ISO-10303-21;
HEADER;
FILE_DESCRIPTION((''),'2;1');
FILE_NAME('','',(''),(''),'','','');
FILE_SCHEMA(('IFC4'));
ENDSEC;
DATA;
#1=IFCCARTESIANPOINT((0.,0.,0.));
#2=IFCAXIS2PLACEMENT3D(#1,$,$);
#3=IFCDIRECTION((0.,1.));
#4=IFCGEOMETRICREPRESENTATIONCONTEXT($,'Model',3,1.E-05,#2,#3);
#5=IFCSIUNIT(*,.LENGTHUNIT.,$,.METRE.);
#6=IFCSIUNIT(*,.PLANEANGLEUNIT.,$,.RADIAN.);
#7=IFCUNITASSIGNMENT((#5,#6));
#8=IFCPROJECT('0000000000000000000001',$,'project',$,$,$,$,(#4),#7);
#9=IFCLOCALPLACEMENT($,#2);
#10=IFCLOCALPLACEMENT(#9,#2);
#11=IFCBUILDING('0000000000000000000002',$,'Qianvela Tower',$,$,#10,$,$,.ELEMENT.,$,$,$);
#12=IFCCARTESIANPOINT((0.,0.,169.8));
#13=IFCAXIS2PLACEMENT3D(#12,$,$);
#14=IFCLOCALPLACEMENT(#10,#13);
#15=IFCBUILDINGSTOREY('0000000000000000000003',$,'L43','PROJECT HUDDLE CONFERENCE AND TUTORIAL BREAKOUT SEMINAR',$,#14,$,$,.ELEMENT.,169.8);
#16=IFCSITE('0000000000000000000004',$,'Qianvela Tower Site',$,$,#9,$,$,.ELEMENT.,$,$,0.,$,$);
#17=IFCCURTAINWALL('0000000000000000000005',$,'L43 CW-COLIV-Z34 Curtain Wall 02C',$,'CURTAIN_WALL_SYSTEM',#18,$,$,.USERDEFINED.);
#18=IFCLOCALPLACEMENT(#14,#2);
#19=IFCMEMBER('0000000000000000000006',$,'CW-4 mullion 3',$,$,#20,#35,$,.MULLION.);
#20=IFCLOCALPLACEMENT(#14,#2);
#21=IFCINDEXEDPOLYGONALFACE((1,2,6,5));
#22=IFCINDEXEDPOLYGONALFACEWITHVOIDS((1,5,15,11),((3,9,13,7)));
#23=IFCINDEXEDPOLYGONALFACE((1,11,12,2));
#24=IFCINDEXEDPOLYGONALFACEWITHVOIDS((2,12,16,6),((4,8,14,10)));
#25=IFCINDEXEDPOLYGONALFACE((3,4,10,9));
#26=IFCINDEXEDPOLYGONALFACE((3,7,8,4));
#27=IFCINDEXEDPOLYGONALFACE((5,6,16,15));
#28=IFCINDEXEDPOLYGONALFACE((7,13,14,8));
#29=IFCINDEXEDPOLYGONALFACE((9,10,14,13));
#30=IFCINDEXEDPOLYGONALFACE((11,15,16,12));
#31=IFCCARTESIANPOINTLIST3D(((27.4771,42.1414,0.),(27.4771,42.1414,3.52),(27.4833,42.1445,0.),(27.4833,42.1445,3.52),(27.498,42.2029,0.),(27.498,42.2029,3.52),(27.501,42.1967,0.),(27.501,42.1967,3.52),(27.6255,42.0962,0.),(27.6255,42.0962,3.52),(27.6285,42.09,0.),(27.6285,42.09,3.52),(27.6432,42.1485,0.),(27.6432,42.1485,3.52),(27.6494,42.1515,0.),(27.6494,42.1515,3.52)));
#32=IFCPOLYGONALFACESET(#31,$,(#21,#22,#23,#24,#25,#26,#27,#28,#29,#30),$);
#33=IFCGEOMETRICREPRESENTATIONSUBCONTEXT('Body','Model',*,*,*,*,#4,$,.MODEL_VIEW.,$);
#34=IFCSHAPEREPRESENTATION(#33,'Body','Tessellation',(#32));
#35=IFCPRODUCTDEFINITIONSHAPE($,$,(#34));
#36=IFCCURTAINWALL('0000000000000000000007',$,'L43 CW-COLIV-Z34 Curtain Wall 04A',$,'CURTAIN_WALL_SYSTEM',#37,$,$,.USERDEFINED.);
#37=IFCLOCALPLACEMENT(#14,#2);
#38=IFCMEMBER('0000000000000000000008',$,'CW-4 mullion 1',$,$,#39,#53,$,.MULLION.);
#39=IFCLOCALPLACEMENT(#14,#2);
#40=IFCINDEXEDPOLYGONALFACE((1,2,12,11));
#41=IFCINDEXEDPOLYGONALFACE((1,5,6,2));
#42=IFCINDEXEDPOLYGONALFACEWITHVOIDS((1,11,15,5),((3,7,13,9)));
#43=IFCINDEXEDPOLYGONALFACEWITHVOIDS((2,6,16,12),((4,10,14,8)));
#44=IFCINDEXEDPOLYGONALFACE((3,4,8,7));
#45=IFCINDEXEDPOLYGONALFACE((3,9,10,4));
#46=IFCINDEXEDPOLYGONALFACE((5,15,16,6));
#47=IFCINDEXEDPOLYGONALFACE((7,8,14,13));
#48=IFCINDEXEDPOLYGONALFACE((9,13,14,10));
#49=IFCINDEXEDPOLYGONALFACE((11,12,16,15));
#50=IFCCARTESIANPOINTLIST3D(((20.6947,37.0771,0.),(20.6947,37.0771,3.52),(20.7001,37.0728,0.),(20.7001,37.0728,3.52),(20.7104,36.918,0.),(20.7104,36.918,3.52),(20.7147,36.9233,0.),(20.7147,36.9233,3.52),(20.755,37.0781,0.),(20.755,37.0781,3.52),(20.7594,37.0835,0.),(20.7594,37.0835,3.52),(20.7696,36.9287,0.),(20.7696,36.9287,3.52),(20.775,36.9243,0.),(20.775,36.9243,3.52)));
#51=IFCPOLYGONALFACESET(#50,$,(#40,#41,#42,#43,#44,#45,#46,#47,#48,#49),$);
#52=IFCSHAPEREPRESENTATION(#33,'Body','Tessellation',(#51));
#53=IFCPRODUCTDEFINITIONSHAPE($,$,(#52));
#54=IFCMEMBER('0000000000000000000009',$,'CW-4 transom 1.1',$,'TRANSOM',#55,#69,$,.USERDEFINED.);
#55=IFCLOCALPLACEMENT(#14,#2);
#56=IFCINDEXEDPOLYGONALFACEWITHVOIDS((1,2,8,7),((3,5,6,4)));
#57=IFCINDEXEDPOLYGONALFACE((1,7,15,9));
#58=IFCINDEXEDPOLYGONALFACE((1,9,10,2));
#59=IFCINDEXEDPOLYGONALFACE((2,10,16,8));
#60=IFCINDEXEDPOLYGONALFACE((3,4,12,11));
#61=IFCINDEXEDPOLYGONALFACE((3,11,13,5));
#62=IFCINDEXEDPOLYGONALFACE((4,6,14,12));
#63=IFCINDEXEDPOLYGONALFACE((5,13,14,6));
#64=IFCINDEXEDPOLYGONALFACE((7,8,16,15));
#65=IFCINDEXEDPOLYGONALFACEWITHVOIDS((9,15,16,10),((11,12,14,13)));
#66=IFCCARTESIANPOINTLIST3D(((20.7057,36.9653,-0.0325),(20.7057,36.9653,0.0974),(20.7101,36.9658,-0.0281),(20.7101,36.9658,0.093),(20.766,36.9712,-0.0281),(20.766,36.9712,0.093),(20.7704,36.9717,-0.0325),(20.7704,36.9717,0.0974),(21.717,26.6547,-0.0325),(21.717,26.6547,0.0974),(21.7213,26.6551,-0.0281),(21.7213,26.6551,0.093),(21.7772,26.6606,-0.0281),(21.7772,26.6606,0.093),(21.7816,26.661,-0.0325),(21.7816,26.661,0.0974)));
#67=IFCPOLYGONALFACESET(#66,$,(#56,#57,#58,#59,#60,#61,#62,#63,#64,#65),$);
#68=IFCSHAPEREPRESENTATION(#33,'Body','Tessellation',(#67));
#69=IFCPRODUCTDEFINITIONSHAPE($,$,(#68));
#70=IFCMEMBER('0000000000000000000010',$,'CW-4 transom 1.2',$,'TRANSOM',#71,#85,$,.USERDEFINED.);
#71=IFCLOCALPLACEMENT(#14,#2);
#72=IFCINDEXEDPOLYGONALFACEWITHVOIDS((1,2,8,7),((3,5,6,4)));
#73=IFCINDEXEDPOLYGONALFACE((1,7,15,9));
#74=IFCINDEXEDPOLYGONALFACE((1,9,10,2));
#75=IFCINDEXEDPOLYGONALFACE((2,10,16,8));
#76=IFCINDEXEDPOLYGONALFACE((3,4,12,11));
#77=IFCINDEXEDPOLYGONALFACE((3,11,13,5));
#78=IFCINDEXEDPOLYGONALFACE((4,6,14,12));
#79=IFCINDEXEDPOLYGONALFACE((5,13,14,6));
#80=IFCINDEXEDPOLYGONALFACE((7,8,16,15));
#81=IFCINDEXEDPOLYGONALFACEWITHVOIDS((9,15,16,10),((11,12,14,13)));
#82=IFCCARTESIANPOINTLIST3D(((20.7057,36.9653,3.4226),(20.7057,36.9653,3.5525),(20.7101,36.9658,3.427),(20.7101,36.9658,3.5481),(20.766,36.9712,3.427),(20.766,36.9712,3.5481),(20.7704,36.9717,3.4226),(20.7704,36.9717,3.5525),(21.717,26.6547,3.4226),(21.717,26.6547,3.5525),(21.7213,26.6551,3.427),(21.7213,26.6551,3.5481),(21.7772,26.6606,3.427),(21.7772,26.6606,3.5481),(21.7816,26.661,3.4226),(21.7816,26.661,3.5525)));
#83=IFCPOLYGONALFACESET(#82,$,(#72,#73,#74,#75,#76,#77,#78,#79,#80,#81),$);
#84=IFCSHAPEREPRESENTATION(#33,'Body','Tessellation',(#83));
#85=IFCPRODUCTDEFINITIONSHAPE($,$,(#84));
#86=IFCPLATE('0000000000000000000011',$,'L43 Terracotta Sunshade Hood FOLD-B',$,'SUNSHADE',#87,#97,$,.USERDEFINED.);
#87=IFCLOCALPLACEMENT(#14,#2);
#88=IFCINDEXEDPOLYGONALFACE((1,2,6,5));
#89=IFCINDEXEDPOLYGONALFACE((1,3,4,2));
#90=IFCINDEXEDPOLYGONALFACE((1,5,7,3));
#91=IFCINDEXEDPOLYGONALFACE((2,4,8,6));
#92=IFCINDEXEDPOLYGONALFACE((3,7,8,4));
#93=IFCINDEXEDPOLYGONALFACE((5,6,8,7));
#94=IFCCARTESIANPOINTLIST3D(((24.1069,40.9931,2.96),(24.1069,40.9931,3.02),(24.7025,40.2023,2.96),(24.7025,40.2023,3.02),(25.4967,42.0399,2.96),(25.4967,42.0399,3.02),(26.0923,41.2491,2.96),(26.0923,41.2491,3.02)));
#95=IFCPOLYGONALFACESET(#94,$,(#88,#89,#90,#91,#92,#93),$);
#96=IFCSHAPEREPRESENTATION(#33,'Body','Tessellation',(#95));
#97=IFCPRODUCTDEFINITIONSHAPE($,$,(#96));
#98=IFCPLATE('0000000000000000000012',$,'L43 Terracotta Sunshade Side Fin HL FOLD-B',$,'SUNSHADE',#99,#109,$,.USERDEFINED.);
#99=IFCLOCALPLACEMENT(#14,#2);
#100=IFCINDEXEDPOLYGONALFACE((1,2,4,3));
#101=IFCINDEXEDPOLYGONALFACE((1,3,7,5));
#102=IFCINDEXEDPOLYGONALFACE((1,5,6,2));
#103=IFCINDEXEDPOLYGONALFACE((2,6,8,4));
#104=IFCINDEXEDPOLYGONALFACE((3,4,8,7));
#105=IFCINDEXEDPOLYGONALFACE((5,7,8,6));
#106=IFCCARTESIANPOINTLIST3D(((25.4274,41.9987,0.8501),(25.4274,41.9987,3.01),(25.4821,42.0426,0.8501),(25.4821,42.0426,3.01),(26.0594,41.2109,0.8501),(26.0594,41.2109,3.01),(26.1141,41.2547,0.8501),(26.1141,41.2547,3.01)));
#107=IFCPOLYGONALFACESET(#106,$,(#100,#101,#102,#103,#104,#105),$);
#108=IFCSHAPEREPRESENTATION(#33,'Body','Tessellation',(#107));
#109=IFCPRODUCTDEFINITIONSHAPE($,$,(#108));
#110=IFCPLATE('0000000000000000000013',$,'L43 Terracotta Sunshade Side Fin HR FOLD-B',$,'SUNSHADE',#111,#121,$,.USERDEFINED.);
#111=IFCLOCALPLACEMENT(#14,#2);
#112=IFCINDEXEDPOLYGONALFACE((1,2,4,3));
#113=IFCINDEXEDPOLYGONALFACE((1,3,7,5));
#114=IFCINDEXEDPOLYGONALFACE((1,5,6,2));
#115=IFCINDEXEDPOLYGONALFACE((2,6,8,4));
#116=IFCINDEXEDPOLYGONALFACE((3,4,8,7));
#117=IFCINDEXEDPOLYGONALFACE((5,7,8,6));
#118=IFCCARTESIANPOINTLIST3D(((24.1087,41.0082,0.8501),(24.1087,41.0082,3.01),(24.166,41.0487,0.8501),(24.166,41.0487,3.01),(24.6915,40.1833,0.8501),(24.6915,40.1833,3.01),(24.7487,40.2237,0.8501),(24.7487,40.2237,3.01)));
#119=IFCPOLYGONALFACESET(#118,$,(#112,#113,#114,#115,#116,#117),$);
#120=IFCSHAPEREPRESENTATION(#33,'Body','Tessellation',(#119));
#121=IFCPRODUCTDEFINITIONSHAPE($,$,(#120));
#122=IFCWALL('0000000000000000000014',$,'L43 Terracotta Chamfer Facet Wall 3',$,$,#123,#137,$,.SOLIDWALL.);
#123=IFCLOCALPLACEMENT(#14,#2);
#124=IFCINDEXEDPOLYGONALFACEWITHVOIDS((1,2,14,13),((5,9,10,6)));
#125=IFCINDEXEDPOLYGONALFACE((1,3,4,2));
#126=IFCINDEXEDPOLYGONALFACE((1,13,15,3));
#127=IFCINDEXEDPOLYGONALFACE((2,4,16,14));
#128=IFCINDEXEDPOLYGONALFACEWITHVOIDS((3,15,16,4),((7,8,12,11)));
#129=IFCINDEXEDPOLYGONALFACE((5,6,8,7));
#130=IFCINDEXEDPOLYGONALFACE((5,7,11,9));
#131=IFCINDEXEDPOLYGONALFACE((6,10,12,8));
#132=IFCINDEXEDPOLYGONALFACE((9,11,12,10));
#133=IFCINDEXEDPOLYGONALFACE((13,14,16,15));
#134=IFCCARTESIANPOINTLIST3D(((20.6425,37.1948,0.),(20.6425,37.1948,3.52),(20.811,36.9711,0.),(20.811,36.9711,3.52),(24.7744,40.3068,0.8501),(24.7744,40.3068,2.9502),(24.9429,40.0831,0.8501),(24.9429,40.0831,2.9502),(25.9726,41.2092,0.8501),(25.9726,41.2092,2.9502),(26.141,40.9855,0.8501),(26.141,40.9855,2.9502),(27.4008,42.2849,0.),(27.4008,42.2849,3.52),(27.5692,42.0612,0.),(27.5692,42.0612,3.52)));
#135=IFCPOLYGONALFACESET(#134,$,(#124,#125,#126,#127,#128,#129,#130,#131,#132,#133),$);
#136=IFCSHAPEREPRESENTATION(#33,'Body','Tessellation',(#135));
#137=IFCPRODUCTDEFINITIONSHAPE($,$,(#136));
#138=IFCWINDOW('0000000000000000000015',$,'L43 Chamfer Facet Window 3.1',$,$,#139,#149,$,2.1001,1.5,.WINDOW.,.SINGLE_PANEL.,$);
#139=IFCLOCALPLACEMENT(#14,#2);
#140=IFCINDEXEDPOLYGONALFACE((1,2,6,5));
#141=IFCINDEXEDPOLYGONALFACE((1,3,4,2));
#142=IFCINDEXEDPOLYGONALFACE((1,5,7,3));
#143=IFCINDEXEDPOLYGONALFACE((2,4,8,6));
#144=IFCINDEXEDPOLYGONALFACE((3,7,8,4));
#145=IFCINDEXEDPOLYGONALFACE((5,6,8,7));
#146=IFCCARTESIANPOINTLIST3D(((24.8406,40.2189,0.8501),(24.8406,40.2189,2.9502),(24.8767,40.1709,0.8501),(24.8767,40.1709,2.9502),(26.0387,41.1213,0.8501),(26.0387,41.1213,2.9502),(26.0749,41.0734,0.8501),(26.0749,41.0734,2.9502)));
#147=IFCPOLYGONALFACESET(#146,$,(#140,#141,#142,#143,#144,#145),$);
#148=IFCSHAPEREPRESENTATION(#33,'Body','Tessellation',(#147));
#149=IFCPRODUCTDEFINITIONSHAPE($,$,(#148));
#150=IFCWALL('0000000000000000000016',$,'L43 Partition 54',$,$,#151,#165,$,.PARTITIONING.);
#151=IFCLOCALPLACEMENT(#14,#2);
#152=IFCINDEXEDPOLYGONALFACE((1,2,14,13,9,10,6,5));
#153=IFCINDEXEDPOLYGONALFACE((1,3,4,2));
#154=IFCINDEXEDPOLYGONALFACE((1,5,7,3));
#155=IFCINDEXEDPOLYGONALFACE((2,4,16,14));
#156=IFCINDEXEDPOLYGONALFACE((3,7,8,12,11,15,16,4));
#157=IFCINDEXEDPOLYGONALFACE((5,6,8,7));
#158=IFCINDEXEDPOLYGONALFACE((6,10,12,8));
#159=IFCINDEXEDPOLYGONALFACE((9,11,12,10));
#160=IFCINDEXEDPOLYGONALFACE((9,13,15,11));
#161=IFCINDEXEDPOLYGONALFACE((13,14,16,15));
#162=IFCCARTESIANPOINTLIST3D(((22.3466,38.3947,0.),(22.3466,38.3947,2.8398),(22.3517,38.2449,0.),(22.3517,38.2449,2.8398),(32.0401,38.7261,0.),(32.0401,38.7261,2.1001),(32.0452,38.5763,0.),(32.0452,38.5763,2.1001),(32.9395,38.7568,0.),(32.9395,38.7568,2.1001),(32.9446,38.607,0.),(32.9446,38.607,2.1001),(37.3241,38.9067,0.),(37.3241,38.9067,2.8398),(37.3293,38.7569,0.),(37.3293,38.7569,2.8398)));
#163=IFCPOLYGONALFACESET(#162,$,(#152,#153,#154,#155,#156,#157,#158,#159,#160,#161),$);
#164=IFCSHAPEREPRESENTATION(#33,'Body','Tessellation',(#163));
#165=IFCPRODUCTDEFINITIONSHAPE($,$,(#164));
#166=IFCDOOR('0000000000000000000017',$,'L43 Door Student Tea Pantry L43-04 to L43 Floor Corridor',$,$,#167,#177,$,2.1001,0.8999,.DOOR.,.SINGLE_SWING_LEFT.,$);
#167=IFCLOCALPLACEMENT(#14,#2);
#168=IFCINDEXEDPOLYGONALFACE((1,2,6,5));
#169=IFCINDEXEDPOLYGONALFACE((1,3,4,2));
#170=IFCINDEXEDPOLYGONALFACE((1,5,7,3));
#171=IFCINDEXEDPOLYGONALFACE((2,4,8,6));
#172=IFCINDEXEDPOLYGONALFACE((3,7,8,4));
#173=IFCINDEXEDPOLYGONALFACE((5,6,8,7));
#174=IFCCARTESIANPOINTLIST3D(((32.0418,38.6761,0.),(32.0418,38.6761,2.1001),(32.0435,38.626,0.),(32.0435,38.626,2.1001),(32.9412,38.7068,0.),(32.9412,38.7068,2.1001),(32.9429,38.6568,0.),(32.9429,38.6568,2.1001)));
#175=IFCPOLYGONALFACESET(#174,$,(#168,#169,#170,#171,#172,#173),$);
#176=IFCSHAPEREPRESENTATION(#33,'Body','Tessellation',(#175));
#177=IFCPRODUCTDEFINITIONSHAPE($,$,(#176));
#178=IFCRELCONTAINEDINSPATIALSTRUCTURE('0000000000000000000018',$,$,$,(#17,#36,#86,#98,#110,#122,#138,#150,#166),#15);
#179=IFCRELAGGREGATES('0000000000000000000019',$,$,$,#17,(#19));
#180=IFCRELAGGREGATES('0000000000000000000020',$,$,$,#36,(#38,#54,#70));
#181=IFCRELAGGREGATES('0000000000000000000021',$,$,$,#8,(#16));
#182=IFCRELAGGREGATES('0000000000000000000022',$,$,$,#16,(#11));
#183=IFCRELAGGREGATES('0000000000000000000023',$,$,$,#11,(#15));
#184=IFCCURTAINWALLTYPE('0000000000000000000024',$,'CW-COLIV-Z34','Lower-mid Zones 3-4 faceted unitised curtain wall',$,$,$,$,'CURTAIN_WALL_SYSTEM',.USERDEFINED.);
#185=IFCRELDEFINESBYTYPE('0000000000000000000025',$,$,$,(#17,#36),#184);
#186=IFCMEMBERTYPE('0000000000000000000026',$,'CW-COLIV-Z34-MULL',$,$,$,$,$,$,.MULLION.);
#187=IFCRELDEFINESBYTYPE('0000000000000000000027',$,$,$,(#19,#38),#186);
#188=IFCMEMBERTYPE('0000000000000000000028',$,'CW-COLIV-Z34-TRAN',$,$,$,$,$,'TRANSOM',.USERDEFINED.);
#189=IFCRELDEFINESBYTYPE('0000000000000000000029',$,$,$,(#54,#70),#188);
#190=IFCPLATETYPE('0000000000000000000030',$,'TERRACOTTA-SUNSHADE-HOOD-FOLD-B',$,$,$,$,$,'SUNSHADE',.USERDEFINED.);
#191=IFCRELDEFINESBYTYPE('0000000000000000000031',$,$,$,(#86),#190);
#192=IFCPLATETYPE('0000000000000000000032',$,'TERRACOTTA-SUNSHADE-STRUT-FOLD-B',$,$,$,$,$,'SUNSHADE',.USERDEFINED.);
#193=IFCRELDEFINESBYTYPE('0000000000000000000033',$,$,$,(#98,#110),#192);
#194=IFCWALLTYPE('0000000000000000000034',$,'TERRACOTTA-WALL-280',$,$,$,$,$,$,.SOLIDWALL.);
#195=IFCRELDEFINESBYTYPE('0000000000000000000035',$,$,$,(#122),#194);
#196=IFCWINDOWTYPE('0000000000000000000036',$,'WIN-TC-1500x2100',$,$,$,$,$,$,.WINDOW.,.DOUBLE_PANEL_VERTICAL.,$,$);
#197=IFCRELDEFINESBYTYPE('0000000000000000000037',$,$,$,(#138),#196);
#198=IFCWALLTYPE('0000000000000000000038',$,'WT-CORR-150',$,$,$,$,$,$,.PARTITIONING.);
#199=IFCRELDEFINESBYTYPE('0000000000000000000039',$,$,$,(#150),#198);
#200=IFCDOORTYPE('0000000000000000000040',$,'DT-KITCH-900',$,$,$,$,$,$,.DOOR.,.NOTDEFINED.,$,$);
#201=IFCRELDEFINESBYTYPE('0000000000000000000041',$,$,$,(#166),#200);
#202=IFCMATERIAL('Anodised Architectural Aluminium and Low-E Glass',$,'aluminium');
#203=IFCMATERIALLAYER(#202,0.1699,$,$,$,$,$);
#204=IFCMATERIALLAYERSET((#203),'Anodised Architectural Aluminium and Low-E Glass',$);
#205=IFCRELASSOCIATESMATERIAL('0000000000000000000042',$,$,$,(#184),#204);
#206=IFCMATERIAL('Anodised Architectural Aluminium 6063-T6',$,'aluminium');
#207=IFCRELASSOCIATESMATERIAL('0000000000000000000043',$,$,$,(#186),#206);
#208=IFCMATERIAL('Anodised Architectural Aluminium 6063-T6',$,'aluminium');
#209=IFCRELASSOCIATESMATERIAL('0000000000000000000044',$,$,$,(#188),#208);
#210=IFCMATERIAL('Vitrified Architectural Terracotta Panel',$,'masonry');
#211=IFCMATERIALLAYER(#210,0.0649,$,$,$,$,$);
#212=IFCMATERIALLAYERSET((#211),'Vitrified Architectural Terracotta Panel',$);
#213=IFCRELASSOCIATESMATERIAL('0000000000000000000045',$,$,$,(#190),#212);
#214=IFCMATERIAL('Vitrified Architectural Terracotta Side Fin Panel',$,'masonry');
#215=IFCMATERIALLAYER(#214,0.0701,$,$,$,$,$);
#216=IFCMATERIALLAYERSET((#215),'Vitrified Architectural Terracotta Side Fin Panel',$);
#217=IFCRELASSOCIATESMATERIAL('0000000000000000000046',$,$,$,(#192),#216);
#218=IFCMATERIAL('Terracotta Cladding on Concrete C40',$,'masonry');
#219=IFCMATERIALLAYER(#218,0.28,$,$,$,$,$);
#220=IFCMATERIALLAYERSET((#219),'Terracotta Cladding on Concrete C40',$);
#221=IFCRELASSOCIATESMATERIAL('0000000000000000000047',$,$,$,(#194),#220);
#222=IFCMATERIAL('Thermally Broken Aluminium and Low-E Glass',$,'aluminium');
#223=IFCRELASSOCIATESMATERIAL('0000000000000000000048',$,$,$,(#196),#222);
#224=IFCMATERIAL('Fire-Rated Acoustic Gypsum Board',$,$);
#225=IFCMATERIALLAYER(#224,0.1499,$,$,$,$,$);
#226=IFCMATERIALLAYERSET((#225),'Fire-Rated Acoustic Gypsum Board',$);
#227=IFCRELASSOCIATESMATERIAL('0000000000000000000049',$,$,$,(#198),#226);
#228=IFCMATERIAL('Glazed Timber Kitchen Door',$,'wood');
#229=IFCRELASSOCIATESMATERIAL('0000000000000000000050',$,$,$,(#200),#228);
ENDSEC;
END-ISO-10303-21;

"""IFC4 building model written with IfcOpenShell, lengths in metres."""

from ifc_helpers import new_model, si_unit, direction, frame, frame_2d, origin, origin_2d, place, context, subcontext, project, spatial, rectangle, hollow_rectangle, extrude, material, layer, layer_set, material_profile, profile_set, type_object, element, fill, aggregate, save


model = new_model("IFC4")

# Units and contexts
model_context = context("Model", 3, precision=1e-05, world=origin(), true_north=direction((0.0, 1.0)))
body_context = subcontext(model_context, "Body", "Model", "MODEL_VIEW")
ifc_project = project(units=[si_unit("LENGTHUNIT", "METRE"), si_unit("PLANEANGLEUNIT", "RADIAN")], contexts=[model_context])

# Site, building, storey
site_placement = place(None, origin())
site = spatial("IfcSite", under=ifc_project, at=site_placement, Name="Qianvela Tower Site", CompositionType="ELEMENT", RefElevation=0.0)
building_placement = place(site_placement, origin())
building = spatial("IfcBuilding", under=site, at=building_placement, Name="Qianvela Tower", CompositionType="ELEMENT")
storey_placement = place(building_placement, frame((0.0, 0.0, 169.8)))
storey = spatial("IfcBuildingStorey", under=building, at=storey_placement, Name="L43", Description="PROJECT HUDDLE CONFERENCE AND TUTORIAL BREAKOUT SEMINAR", CompositionType="ELEMENT", Elevation=169.8)

# Curtain wall, member
ifc_material_1 = material(Name="Anodised Architectural Aluminium and Low-E Glass", Category="aluminium")
ifc_layer_1 = layer(ifc_material_1, 0.1699)
ifc_layer_set_1 = layer_set([ifc_layer_1], Name="Anodised Architectural Aluminium and Low-E Glass")
curtain_wall_type = type_object("IfcCurtainWallType", Name="CW-COLIV-Z34", Description="Lower-mid Zones 3-4 faceted unitised curtain wall", ElementType="CURTAIN_WALL_SYSTEM", PredefinedType="USERDEFINED", material=ifc_layer_set_1)
curtain_wall_1_placement = place(storey_placement, origin())
curtain_wall_1 = element("IfcCurtainWall", 1, at=curtain_wall_1_placement, inside=storey, type_object=curtain_wall_type, Name="L43 CW-COLIV-Z34 Curtain Wall 02C", ObjectType="CURTAIN_WALL_SYSTEM", PredefinedType="USERDEFINED")
ifc_material_2 = material(Name="Anodised Architectural Aluminium 6063-T6", Category="aluminium")
ifc_material_profile_1 = material_profile(ifc_material_2, hollow_rectangle(XDim=0.0649, YDim=0.1599, WallThickness=0.0049, at=origin_2d()), Name="ALU-MULL-65x160")
ifc_profile_set_1 = profile_set([ifc_material_profile_1], Name="Anodised Architectural Aluminium 6063-T6")
member_type_1 = type_object("IfcMemberType", Name="CW-COLIV-Z34-MULL", PredefinedType="MULLION", material=ifc_profile_set_1)
member_1_placement = place(storey_placement, frame((27.5632, 42.1465, 0.0), z_axis=(0.0, 0.0, 1.0), x_axis=(-0.321484, -0.946915, 0.0)))
member_1 = element("IfcMember", 2, at=member_1_placement, type_object=member_type_1, Name="CW-4 mullion 3", PredefinedType="MULLION", context=body_context, shape_type="SweptSolid", body=[
    extrude(hollow_rectangle(XDim=0.0649, YDim=0.1599, WallThickness=0.0049, at=origin_2d()), origin(), (0.0, 0.0, 1.0), 3.52),
])
aggregate(curtain_wall_1, [member_1])

# Curtain wall, members
curtain_wall_2_placement = place(storey_placement, origin())
curtain_wall_2 = element("IfcCurtainWall", 3, at=curtain_wall_2_placement, inside=storey, type_object=curtain_wall_type, Name="L43 CW-COLIV-Z34 Curtain Wall 04A", ObjectType="CURTAIN_WALL_SYSTEM", PredefinedType="USERDEFINED")
member_2_placement = place(storey_placement, frame((20.7349, 37.0007, 0.0), z_axis=(0.0, 0.0, 1.0), x_axis=(0.995227, 0.097588, 0.0)))
member_2 = element("IfcMember", 4, at=member_2_placement, type_object=member_type_1, Name="CW-4 mullion 1", PredefinedType="MULLION", context=body_context, shape_type="SweptSolid", body=[
    extrude(hollow_rectangle(XDim=0.0649, YDim=0.1599, WallThickness=0.0049, at=origin_2d()), origin(), (0.0, 0.0, 1.0), 3.52),
])
ifc_material_3 = material(Name="Anodised Architectural Aluminium 6063-T6", Category="aluminium")
ifc_material_profile_2 = material_profile(ifc_material_3, hollow_rectangle(XDim=0.0649, YDim=0.1299, WallThickness=0.0044, at=origin_2d()), Name="ALU-TRAN-65x130")
ifc_profile_set_2 = profile_set([ifc_material_profile_2], Name="Anodised Architectural Aluminium 6063-T6")
member_type_2 = type_object("IfcMemberType", Name="CW-COLIV-Z34-TRAN", ElementType="TRANSOM", PredefinedType="USERDEFINED", material=ifc_profile_set_2)
member_3_placement = place(storey_placement, frame((20.738, 36.9685, 0.0325), z_axis=(0.097609, -0.995225, 0.0), x_axis=(0.995225, 0.097609, 0.0)))
member_3 = element("IfcMember", 5, at=member_3_placement, type_object=member_type_2, Name="CW-4 transom 1.1", ObjectType="TRANSOM", PredefinedType="USERDEFINED", context=body_context, shape_type="SweptSolid", body=[
    extrude(hollow_rectangle(XDim=0.0649, YDim=0.1299, WallThickness=0.0044, at=origin_2d()), origin(), (0.0, 0.0, 1.0), 10.3601),
])
member_4_placement = place(storey_placement, frame((20.738, 36.9685, 3.4875), z_axis=(0.097609, -0.995225, 0.0), x_axis=(0.995225, 0.097609, 0.0)))
member_4 = element("IfcMember", 6, at=member_4_placement, type_object=member_type_2, Name="CW-4 transom 1.2", ObjectType="TRANSOM", PredefinedType="USERDEFINED", context=body_context, shape_type="SweptSolid", body=[
    extrude(hollow_rectangle(XDim=0.0649, YDim=0.1299, WallThickness=0.0044, at=origin_2d()), origin(), (0.0, 0.0, 1.0), 10.3601),
])
aggregate(curtain_wall_2, [member_2, member_3, member_4])

# Plates
ifc_material_4 = material(Name="Vitrified Architectural Terracotta Panel", Category="masonry")
ifc_layer_2 = layer(ifc_material_4, 0.0649)
ifc_layer_set_2 = layer_set([ifc_layer_2], Name="Vitrified Architectural Terracotta Panel")
plate_type_1 = type_object("IfcPlateType", Name="TERRACOTTA-SUNSHADE-HOOD-FOLD-B", ElementType="SUNSHADE", PredefinedType="USERDEFINED", material=ifc_layer_set_2)
plate_placement = place(storey_placement, frame((25.0996, 41.1211, 2.96), z_axis=(0.0, 0.0, 1.0), x_axis=(-0.798781, -0.601621, 0.0)))
element("IfcPlate", 7, at=plate_placement, inside=storey, type_object=plate_type_1, Name="L43 Terracotta Sunshade Hood FOLD-B", ObjectType="SUNSHADE", PredefinedType="USERDEFINED", context=body_context, shape_type="SweptSolid", body=[
    extrude(rectangle(XDim=1.74, YDim=0.99, at=origin_2d()), origin(), (0.0, 0.0, 1.0), 0.0601),
])
ifc_material_5 = material(Name="Vitrified Architectural Terracotta Side Fin Panel", Category="masonry")
ifc_layer_3 = layer(ifc_material_5, 0.0701)
ifc_layer_set_3 = layer_set([ifc_layer_3], Name="Vitrified Architectural Terracotta Side Fin Panel")
plate_type_2 = type_object("IfcPlateType", Name="TERRACOTTA-SUNSHADE-STRUT-FOLD-B", ElementType="SUNSHADE", PredefinedType="USERDEFINED", material=ifc_layer_set_3)
for number, where, z_axis, x_axis, name in (
    (8, (25.7708, 41.6267, 0.8501), (0.0, 0.0, 1.0), (-0.780036, -0.625734, 0.0), "L43 Terracotta Sunshade Side Fin HL FOLD-B"),
    (9, (24.4287, 40.616, 0.8501), (0.0, 0.0, 1.0), (-0.816782, -0.576947, 0.0), "L43 Terracotta Sunshade Side Fin HR FOLD-B"),
):
    element("IfcPlate", number, at=place(storey_placement, frame(where, z_axis=z_axis, x_axis=x_axis)), inside=storey, type_object=plate_type_2, Name=name, ObjectType="SUNSHADE", PredefinedType="USERDEFINED", context=body_context, shape_type="SweptSolid", body=[
        extrude(rectangle(XDim=0.0701, YDim=1.01, at=origin_2d()), origin(), (0.0, 0.0, 1.0), 2.1599),
    ])

# Wall, opening, window
ifc_material_6 = material(Name="Terracotta Cladding on Concrete C40", Category="masonry")
ifc_layer_4 = layer(ifc_material_6, 0.28)
ifc_layer_set_4 = layer_set([ifc_layer_4], Name="Terracotta Cladding on Concrete C40")
wall_type_1 = type_object("IfcWallType", Name="TERRACOTTA-WALL-280", PredefinedType="SOLIDWALL", material=ifc_layer_set_4)
wall_1_placement = place(storey_placement, frame((27.4851, 42.1731, 0.0), z_axis=(0.0, 0.0, 1.0), x_axis=(-0.798786, -0.601615, 0.0)))
wall_1 = element("IfcWall", 10, at=wall_1_placement, inside=storey, type_object=wall_type_1, Name="L43 Terracotta Chamfer Facet Wall 3", PredefinedType="SOLIDWALL", context=body_context, shape_type="SweptSolid", body=[
    extrude(rectangle(XDim=8.4607, YDim=0.28, at=frame_2d((4.2305, 0.0))), origin(), (0.0, 0.0, 1.0), 3.52),
])
opening_1_placement = place(wall_1_placement, frame((1.7881, 0.0, 0.8501)))
opening_1 = element("IfcOpeningElement", 11, at=opening_1_placement, cuts=wall_1, PredefinedType="OPENING", context=body_context, shape_type="SweptSolid", body=[
    extrude(rectangle(XDim=1.5, YDim=2.1001, at=frame_2d((0.75, 1.05))), frame((0.0, 0.1499, 0.0), z_axis=(0.0, -1.0, 0.0), x_axis=(1.0, 0.0, 0.0)), (0.0, 0.0, 1.0), 0.3),
])
ifc_material_7 = material(Name="Thermally Broken Aluminium and Low-E Glass", Category="aluminium")
window_type = type_object("IfcWindowType", Name="WIN-TC-1500x2100", PartitioningType="DOUBLE_PANEL_VERTICAL", PredefinedType="WINDOW", material=ifc_material_7)
window_placement = place(opening_1_placement, origin())
window = element("IfcWindow", 12, at=window_placement, inside=storey, type_object=window_type, Name="L43 Chamfer Facet Window 3.1", OverallHeight=2.1001, OverallWidth=1.5, PartitioningType="SINGLE_PANEL", PredefinedType="WINDOW", context=body_context, shape_type="SweptSolid", body=[
    extrude(rectangle(XDim=1.5, YDim=2.1001, at=frame_2d((0.75, 1.05))), frame((0.0, 0.03, 0.0), z_axis=(0.0, -1.0, 0.0), x_axis=(1.0, 0.0, 0.0)), (0.0, 0.0, 1.0), 0.0601),
])
fill(opening_1, window)

# Wall, opening, door
ifc_material_8 = material(Name="Fire-Rated Acoustic Gypsum Board")
ifc_layer_5 = layer(ifc_material_8, 0.1499)
ifc_layer_set_5 = layer_set([ifc_layer_5], Name="Fire-Rated Acoustic Gypsum Board")
wall_type_2 = type_object("IfcWallType", Name="WT-CORR-150", PredefinedType="PARTITIONING", material=ifc_layer_set_5)
wall_2_placement = place(storey_placement, frame((22.3491, 38.3198, 0.0), z_axis=(0.0, 0.0, 1.0), x_axis=(0.999416, 0.034162, 0.0)))
wall_2 = element("IfcWall", 13, at=wall_2_placement, inside=storey, type_object=wall_type_2, Name="L43 Partition 54", PredefinedType="PARTITIONING", context=body_context, shape_type="SweptSolid", body=[
    extrude(rectangle(XDim=14.9863, YDim=0.1499, at=frame_2d((7.4932, 0.0))), origin(), (0.0, 0.0, 1.0), 2.8398),
])
opening_2_placement = place(wall_2_placement, frame((9.6992, 0.0, 0.0)))
opening_2 = element("IfcOpeningElement", 14, at=opening_2_placement, cuts=wall_2, PredefinedType="OPENING", context=body_context, shape_type="SweptSolid", body=[
    extrude(rectangle(XDim=0.8999, YDim=2.1001, at=frame_2d((0.45, 1.05))), frame((0.0, 0.085, 0.0), z_axis=(0.0, -1.0, 0.0), x_axis=(1.0, 0.0, 0.0)), (0.0, 0.0, 1.0), 0.1699),
])
ifc_material_9 = material(Name="Glazed Timber Kitchen Door", Category="wood")
door_type = type_object("IfcDoorType", Name="DT-KITCH-900", OperationType="NOTDEFINED", PredefinedType="DOOR", material=ifc_material_9)
door_placement = place(opening_2_placement, origin())
door = element("IfcDoor", 15, at=door_placement, inside=storey, type_object=door_type, Name="L43 Door Student Tea Pantry L43-04 to L43 Floor Corridor", OperationType="SINGLE_SWING_LEFT", OverallHeight=2.1001, OverallWidth=0.8999, PredefinedType="DOOR", context=body_context, shape_type="SweptSolid", body=[
    extrude(rectangle(XDim=0.8999, YDim=2.1001, at=frame_2d((0.45, 1.05))), frame((0.0, 0.0249, 0.0), z_axis=(0.0, -1.0, 0.0), x_axis=(1.0, 0.0, 0.0)), (0.0, 0.0, 1.0), 0.05),
])
fill(opening_2, door)

save(model, "model.ifc")
